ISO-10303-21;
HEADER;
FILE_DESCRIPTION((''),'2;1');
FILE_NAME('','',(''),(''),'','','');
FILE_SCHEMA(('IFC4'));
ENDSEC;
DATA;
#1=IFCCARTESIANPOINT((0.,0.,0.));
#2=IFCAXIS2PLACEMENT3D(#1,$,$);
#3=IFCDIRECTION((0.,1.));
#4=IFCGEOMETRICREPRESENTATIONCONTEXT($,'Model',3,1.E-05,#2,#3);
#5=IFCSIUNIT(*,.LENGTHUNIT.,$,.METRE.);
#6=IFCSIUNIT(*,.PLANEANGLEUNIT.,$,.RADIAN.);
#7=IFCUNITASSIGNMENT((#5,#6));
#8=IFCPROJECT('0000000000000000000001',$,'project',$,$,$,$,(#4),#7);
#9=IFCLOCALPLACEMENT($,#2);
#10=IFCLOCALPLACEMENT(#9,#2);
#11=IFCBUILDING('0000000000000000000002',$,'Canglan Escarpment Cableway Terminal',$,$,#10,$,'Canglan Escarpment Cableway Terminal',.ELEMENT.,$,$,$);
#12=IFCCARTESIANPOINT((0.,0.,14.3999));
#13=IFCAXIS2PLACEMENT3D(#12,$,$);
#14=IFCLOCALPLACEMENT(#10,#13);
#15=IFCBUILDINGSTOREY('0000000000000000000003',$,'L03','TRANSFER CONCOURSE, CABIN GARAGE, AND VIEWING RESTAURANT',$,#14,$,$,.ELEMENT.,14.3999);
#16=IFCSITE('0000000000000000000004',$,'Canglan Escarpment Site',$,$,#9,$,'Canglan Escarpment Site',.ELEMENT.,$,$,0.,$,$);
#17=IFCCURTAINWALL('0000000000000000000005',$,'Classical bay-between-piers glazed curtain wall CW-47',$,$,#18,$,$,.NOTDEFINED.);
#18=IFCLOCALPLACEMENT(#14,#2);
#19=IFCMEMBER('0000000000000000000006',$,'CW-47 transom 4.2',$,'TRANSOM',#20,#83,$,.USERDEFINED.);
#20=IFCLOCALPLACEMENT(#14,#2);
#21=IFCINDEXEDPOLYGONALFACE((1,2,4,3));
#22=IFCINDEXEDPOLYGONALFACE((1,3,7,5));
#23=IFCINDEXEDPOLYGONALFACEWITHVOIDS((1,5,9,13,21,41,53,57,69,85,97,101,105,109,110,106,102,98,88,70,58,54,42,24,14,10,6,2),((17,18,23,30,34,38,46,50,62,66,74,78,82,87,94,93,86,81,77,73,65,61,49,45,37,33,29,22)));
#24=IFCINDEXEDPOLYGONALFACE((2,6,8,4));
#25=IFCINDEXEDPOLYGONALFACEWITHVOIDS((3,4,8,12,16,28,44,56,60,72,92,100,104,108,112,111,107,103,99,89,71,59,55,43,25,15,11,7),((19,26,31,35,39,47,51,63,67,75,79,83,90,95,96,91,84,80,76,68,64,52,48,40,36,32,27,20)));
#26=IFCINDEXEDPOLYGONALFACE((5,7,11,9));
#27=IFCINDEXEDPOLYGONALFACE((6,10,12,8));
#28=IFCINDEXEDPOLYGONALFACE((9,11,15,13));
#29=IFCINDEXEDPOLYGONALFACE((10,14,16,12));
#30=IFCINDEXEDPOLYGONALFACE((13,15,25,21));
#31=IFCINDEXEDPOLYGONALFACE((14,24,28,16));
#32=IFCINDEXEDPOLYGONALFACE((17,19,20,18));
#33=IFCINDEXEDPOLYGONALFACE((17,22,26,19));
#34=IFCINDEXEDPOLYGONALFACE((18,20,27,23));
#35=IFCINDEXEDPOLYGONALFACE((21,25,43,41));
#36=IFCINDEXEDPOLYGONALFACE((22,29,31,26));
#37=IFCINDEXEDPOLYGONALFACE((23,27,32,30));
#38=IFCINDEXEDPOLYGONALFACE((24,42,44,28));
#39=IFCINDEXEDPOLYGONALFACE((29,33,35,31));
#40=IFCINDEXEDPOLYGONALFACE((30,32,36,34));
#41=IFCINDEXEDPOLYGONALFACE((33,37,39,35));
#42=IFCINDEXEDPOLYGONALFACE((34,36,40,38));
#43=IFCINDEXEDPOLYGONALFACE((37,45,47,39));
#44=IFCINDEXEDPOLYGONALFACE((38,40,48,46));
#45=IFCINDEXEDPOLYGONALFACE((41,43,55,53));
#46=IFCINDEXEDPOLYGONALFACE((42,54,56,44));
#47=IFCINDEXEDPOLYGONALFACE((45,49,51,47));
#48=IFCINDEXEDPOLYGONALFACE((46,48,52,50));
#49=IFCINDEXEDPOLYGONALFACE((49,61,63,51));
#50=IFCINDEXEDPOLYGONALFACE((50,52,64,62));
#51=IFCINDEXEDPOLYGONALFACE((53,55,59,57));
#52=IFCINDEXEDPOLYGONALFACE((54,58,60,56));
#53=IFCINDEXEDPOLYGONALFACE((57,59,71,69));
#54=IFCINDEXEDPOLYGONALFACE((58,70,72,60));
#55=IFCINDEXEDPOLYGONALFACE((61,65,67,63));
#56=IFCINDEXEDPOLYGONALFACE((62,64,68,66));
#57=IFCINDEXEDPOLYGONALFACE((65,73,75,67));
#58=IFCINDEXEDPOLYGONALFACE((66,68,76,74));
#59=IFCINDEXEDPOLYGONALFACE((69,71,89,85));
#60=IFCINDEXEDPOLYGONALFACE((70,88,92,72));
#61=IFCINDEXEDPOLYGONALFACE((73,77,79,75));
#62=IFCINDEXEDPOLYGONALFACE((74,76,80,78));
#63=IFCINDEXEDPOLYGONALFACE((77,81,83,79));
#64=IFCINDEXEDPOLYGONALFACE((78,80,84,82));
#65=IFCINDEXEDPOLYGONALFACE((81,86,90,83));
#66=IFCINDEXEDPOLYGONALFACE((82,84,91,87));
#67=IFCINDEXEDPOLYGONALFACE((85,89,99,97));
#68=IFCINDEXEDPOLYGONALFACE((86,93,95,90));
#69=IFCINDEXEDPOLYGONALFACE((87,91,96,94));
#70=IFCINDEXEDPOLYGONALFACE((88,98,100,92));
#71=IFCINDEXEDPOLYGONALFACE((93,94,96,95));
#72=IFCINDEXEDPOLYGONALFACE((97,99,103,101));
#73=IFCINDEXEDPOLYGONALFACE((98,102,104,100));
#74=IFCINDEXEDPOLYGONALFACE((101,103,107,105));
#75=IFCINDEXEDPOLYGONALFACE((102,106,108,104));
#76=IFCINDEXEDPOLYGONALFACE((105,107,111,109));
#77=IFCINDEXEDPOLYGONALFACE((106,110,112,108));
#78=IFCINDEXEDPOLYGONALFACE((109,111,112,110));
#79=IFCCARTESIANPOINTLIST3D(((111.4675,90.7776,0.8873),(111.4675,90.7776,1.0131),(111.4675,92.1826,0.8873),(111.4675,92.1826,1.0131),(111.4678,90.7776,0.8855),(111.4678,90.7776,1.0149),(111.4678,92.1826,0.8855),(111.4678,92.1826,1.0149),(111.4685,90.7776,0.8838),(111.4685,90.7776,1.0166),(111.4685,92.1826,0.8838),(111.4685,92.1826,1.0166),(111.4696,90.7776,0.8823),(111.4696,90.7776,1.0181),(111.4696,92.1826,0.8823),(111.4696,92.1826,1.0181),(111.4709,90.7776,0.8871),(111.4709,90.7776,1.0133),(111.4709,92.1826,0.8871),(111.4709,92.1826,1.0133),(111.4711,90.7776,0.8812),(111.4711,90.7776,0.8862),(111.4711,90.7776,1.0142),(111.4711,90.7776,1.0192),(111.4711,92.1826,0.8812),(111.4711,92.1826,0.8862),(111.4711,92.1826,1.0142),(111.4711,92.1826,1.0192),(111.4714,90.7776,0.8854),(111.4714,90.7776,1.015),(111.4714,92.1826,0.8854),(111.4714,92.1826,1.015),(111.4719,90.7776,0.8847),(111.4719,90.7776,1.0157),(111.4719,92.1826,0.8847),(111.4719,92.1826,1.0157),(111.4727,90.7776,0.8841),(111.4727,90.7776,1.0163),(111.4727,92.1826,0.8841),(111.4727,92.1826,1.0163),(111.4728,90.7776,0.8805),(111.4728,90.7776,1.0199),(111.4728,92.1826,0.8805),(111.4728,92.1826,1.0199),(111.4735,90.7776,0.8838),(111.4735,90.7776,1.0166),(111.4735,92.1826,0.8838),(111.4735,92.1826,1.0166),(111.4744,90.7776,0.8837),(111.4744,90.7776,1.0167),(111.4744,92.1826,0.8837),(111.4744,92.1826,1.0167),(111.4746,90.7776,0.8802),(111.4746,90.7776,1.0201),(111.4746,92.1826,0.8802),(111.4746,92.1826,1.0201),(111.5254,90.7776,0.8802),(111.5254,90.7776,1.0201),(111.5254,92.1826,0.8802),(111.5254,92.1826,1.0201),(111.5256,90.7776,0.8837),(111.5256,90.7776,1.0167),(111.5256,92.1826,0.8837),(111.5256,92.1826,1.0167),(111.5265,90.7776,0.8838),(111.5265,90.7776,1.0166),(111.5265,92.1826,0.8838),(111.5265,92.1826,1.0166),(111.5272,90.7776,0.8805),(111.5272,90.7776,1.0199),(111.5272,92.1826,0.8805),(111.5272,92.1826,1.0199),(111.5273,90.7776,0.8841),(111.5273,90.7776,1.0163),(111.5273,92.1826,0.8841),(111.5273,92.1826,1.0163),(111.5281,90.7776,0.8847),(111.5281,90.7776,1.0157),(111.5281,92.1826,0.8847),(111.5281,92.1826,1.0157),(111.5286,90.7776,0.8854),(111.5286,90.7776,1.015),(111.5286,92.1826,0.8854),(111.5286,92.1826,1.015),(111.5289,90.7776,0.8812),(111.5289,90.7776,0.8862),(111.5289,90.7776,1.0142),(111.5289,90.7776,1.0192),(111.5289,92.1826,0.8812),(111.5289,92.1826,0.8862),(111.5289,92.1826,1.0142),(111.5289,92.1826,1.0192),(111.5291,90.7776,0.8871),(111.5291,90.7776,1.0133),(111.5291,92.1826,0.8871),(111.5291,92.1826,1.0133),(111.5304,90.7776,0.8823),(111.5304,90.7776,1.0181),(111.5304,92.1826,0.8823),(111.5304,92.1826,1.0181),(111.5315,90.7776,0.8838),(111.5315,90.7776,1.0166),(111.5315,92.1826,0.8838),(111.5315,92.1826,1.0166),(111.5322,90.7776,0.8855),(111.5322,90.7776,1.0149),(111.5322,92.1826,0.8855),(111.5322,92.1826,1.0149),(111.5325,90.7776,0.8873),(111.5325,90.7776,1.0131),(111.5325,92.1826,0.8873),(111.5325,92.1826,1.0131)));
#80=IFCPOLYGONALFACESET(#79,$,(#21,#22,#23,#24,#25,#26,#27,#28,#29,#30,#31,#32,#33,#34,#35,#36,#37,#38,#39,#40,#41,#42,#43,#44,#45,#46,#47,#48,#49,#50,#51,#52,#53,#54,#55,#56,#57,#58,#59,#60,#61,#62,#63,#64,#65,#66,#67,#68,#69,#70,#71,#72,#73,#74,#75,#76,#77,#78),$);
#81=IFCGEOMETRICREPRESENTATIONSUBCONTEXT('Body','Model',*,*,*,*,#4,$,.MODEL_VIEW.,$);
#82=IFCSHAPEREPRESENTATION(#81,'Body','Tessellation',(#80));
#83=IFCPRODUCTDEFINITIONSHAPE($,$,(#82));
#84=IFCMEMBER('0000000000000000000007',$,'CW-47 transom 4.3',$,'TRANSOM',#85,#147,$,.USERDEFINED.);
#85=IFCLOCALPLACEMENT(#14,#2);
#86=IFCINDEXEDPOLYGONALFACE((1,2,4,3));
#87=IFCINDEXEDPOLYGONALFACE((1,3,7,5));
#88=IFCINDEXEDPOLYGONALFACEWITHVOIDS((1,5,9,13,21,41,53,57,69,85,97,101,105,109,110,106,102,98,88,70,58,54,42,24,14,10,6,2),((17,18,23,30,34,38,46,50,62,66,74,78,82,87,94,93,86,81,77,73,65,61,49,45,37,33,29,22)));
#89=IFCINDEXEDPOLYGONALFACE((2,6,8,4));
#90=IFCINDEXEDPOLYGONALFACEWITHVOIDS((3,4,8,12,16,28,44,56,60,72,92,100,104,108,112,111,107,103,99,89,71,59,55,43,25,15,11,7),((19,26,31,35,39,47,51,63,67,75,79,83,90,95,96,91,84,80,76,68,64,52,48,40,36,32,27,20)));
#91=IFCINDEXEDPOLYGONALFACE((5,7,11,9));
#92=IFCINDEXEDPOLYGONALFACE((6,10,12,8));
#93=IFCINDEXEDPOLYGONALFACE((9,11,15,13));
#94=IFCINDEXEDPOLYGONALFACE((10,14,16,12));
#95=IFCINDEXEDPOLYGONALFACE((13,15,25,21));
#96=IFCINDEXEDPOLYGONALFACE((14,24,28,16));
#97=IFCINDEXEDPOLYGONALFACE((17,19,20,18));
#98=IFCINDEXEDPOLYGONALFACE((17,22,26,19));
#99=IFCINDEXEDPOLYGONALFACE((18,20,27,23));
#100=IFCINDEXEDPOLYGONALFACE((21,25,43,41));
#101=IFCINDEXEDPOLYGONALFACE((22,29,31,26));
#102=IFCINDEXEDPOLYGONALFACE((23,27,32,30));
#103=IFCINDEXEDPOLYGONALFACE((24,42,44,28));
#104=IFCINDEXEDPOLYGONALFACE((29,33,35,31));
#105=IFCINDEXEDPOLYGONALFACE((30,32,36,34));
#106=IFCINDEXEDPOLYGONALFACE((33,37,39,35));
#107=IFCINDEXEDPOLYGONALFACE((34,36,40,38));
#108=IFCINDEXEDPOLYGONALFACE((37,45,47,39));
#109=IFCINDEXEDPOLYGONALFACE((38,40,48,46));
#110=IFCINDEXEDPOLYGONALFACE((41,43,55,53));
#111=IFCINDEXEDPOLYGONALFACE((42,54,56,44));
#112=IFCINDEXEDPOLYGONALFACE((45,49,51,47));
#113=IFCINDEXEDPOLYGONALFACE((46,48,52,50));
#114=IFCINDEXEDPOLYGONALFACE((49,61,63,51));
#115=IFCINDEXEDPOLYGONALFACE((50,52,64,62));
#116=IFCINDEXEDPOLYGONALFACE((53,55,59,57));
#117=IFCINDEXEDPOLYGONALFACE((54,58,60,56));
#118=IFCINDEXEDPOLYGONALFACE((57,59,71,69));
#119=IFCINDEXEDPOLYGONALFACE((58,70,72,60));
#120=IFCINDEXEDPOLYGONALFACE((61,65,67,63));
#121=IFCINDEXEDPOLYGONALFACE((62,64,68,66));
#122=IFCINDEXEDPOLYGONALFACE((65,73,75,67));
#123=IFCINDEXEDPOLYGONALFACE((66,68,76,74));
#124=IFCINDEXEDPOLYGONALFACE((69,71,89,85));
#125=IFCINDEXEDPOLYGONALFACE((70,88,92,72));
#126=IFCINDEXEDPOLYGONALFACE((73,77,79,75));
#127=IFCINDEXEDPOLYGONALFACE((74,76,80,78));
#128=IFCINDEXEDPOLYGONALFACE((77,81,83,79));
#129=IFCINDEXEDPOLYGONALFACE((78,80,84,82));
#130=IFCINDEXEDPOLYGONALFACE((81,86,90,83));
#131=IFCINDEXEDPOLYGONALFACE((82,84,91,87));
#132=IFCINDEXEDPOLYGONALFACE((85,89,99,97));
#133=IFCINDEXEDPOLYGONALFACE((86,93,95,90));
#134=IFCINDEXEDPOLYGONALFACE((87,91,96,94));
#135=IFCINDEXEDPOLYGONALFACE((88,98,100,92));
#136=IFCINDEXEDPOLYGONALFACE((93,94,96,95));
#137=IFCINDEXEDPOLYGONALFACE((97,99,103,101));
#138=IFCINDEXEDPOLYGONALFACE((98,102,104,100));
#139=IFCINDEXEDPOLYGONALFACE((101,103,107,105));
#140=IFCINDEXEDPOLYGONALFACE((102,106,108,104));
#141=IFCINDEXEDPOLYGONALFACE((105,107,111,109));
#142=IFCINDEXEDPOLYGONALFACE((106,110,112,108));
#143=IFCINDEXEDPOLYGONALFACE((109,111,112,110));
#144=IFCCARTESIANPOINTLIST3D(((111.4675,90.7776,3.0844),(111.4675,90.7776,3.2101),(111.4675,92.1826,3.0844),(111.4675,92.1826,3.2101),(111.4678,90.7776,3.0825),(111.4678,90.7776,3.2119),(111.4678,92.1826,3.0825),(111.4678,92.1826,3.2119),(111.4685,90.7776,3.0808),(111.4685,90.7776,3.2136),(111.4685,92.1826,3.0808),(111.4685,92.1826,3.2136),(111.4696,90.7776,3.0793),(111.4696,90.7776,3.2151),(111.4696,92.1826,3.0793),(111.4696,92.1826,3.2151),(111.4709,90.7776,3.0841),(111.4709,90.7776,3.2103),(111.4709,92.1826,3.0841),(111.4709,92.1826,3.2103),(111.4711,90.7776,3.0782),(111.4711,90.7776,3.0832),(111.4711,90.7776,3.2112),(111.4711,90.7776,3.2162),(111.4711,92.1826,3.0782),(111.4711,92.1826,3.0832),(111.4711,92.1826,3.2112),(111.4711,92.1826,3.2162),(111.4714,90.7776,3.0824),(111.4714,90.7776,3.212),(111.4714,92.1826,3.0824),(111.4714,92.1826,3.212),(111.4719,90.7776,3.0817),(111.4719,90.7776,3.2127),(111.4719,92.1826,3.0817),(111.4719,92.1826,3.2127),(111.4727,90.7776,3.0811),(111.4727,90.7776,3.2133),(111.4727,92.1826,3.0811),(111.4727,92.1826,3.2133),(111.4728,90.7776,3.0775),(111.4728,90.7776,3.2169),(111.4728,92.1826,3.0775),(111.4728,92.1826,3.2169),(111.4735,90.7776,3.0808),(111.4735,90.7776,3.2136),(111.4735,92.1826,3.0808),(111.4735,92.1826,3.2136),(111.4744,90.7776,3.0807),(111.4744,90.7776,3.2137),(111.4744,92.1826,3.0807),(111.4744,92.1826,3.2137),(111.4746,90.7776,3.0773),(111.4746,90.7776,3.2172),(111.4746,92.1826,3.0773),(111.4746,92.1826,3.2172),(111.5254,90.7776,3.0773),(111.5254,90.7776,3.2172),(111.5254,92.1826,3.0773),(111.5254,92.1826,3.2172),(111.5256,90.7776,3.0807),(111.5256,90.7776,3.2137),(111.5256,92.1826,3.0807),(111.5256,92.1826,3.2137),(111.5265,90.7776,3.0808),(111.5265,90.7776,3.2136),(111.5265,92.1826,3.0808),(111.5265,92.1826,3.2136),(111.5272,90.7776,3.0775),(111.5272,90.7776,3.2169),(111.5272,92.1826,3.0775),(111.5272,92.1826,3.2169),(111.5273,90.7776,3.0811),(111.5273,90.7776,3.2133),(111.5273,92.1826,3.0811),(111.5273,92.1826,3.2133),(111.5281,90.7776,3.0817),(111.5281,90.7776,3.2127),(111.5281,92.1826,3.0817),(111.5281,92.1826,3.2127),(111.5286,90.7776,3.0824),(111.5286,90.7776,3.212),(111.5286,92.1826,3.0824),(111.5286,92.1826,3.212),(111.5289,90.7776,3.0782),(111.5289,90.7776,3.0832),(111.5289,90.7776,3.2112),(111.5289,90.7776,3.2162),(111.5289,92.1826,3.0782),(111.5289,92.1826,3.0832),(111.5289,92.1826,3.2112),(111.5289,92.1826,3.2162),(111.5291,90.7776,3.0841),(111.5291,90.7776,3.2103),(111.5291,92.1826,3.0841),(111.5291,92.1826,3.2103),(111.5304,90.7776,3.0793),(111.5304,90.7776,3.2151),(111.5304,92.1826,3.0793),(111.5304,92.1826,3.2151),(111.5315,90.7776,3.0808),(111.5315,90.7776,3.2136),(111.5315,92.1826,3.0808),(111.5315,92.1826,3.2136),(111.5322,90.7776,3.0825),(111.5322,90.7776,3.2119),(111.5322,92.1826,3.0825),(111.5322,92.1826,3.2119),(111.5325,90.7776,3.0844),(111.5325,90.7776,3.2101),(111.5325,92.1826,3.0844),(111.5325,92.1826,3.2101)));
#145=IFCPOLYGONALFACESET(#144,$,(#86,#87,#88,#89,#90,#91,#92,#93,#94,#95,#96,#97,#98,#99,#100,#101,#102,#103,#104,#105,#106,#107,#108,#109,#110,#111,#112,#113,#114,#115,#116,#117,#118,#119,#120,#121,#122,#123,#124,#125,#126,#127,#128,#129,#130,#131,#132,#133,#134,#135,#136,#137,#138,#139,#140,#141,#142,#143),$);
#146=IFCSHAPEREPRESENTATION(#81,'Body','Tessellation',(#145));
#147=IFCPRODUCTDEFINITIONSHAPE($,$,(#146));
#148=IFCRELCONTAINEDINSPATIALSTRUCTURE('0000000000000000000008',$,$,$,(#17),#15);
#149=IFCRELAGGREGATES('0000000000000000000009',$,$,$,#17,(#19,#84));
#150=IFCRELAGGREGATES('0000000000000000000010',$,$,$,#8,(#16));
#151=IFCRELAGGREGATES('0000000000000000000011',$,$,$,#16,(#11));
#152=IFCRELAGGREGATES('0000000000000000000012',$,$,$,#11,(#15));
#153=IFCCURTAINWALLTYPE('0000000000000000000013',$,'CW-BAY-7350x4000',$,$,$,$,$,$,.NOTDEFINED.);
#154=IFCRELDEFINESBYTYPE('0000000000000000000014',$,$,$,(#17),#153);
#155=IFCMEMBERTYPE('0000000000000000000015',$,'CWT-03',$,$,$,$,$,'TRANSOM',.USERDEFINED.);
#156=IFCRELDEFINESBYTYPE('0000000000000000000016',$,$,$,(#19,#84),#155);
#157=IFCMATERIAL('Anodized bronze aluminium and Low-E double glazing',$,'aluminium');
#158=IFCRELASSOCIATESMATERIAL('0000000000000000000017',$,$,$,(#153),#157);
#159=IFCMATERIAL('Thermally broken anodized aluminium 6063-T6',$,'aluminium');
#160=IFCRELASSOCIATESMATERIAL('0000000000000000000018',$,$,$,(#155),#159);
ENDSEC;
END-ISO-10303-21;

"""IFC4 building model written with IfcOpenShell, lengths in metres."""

from ifc_helpers import new_model, si_unit, direction, frame, origin, origin_2d, place, context, subcontext, project, spatial, hollow_rectangle, extrude, material, material_profile, profile_set, type_object, element, aggregate, save


model = new_model("IFC4")

# Units and contexts
model_context = context("Model", 3, precision=1e-05, world=origin(), true_north=direction((0.0, 1.0)))
body_context = subcontext(model_context, "Body", "Model", "MODEL_VIEW")
ifc_project = project(units=[si_unit("LENGTHUNIT", "METRE"), si_unit("PLANEANGLEUNIT", "RADIAN")], contexts=[model_context])

# Site, building, storey
site_placement = place(None, origin())
site = spatial("IfcSite", under=ifc_project, at=site_placement, Name="Canglan Escarpment Site", LongName="Canglan Escarpment Site", CompositionType="ELEMENT", RefElevation=0.0)
building_placement = place(site_placement, origin())
building = spatial("IfcBuilding", under=site, at=building_placement, Name="Canglan Escarpment Cableway Terminal", LongName="Canglan Escarpment Cableway Terminal", CompositionType="ELEMENT")
storey_placement = place(building_placement, frame((0.0, 0.0, 14.3999)))
storey = spatial("IfcBuildingStorey", under=building, at=storey_placement, Name="L03", Description="TRANSFER CONCOURSE, CABIN GARAGE, AND VIEWING RESTAURANT", CompositionType="ELEMENT", Elevation=14.3999)

# Curtain wall, members
ifc_material_1 = material(Name="Anodized bronze aluminium and Low-E double glazing", Category="aluminium")
curtain_wall_type = type_object("IfcCurtainWallType", Name="CW-BAY-7350x4000", PredefinedType="NOTDEFINED", material=ifc_material_1)
curtain_wall_placement = place(storey_placement, origin())
curtain_wall = element("IfcCurtainWall", 1, at=curtain_wall_placement, inside=storey, type_object=curtain_wall_type, Name="Classical bay-between-piers glazed curtain wall CW-47", PredefinedType="NOTDEFINED")
ifc_material_2 = material(Name="Thermally broken anodized aluminium 6063-T6", Category="aluminium")
ifc_material_profile_1 = material_profile(ifc_material_2, hollow_rectangle(XDim=0.0649, YDim=0.1399, WallThickness=0.0034, InnerFilletRadius=0.0034, OuterFilletRadius=0.0071, at=origin_2d()), Name="ALU-TRAN 65x140x3.5")
ifc_profile_set_1 = profile_set([ifc_material_profile_1], Name="Thermally broken anodized aluminium 6063-T6")
member_type_1 = type_object("IfcMemberType", Name="CWT-03", ElementType="TRANSOM", PredefinedType="USERDEFINED", material=ifc_profile_set_1)
member_1_placement = place(storey_placement, frame((111.5, 92.1826, 0.9502), z_axis=(0.0, -1.0, 0.0), x_axis=(1.0, 0.0, 0.0)))
member_1 = element("IfcMember", 2, at=member_1_placement, type_object=member_type_1, Name="CW-47 transom 4.2", ObjectType="TRANSOM", PredefinedType="USERDEFINED", context=body_context, shape_type="SweptSolid", body=[
    extrude(hollow_rectangle(XDim=0.0649, YDim=0.1399, WallThickness=0.0034, InnerFilletRadius=0.0034, OuterFilletRadius=0.0071, at=origin_2d()), origin(), (0.0, 0.0, 1.0), 1.405),
])
member_2_placement = place(storey_placement, frame((111.5, 92.1826, 3.1472), z_axis=(0.0, -1.0, 0.0), x_axis=(1.0, 0.0, 0.0)))
member_2 = element("IfcMember", 3, at=member_2_placement, type_object=member_type_1, Name="CW-47 transom 4.3", ObjectType="TRANSOM", PredefinedType="USERDEFINED", context=body_context, shape_type="SweptSolid", body=[
    extrude(hollow_rectangle(XDim=0.0649, YDim=0.1399, WallThickness=0.0034, InnerFilletRadius=0.0034, OuterFilletRadius=0.0071, at=origin_2d()), origin(), (0.0, 0.0, 1.0), 1.405),
])
aggregate(curtain_wall, [member_1, member_2])

save(model, "model.ifc")
